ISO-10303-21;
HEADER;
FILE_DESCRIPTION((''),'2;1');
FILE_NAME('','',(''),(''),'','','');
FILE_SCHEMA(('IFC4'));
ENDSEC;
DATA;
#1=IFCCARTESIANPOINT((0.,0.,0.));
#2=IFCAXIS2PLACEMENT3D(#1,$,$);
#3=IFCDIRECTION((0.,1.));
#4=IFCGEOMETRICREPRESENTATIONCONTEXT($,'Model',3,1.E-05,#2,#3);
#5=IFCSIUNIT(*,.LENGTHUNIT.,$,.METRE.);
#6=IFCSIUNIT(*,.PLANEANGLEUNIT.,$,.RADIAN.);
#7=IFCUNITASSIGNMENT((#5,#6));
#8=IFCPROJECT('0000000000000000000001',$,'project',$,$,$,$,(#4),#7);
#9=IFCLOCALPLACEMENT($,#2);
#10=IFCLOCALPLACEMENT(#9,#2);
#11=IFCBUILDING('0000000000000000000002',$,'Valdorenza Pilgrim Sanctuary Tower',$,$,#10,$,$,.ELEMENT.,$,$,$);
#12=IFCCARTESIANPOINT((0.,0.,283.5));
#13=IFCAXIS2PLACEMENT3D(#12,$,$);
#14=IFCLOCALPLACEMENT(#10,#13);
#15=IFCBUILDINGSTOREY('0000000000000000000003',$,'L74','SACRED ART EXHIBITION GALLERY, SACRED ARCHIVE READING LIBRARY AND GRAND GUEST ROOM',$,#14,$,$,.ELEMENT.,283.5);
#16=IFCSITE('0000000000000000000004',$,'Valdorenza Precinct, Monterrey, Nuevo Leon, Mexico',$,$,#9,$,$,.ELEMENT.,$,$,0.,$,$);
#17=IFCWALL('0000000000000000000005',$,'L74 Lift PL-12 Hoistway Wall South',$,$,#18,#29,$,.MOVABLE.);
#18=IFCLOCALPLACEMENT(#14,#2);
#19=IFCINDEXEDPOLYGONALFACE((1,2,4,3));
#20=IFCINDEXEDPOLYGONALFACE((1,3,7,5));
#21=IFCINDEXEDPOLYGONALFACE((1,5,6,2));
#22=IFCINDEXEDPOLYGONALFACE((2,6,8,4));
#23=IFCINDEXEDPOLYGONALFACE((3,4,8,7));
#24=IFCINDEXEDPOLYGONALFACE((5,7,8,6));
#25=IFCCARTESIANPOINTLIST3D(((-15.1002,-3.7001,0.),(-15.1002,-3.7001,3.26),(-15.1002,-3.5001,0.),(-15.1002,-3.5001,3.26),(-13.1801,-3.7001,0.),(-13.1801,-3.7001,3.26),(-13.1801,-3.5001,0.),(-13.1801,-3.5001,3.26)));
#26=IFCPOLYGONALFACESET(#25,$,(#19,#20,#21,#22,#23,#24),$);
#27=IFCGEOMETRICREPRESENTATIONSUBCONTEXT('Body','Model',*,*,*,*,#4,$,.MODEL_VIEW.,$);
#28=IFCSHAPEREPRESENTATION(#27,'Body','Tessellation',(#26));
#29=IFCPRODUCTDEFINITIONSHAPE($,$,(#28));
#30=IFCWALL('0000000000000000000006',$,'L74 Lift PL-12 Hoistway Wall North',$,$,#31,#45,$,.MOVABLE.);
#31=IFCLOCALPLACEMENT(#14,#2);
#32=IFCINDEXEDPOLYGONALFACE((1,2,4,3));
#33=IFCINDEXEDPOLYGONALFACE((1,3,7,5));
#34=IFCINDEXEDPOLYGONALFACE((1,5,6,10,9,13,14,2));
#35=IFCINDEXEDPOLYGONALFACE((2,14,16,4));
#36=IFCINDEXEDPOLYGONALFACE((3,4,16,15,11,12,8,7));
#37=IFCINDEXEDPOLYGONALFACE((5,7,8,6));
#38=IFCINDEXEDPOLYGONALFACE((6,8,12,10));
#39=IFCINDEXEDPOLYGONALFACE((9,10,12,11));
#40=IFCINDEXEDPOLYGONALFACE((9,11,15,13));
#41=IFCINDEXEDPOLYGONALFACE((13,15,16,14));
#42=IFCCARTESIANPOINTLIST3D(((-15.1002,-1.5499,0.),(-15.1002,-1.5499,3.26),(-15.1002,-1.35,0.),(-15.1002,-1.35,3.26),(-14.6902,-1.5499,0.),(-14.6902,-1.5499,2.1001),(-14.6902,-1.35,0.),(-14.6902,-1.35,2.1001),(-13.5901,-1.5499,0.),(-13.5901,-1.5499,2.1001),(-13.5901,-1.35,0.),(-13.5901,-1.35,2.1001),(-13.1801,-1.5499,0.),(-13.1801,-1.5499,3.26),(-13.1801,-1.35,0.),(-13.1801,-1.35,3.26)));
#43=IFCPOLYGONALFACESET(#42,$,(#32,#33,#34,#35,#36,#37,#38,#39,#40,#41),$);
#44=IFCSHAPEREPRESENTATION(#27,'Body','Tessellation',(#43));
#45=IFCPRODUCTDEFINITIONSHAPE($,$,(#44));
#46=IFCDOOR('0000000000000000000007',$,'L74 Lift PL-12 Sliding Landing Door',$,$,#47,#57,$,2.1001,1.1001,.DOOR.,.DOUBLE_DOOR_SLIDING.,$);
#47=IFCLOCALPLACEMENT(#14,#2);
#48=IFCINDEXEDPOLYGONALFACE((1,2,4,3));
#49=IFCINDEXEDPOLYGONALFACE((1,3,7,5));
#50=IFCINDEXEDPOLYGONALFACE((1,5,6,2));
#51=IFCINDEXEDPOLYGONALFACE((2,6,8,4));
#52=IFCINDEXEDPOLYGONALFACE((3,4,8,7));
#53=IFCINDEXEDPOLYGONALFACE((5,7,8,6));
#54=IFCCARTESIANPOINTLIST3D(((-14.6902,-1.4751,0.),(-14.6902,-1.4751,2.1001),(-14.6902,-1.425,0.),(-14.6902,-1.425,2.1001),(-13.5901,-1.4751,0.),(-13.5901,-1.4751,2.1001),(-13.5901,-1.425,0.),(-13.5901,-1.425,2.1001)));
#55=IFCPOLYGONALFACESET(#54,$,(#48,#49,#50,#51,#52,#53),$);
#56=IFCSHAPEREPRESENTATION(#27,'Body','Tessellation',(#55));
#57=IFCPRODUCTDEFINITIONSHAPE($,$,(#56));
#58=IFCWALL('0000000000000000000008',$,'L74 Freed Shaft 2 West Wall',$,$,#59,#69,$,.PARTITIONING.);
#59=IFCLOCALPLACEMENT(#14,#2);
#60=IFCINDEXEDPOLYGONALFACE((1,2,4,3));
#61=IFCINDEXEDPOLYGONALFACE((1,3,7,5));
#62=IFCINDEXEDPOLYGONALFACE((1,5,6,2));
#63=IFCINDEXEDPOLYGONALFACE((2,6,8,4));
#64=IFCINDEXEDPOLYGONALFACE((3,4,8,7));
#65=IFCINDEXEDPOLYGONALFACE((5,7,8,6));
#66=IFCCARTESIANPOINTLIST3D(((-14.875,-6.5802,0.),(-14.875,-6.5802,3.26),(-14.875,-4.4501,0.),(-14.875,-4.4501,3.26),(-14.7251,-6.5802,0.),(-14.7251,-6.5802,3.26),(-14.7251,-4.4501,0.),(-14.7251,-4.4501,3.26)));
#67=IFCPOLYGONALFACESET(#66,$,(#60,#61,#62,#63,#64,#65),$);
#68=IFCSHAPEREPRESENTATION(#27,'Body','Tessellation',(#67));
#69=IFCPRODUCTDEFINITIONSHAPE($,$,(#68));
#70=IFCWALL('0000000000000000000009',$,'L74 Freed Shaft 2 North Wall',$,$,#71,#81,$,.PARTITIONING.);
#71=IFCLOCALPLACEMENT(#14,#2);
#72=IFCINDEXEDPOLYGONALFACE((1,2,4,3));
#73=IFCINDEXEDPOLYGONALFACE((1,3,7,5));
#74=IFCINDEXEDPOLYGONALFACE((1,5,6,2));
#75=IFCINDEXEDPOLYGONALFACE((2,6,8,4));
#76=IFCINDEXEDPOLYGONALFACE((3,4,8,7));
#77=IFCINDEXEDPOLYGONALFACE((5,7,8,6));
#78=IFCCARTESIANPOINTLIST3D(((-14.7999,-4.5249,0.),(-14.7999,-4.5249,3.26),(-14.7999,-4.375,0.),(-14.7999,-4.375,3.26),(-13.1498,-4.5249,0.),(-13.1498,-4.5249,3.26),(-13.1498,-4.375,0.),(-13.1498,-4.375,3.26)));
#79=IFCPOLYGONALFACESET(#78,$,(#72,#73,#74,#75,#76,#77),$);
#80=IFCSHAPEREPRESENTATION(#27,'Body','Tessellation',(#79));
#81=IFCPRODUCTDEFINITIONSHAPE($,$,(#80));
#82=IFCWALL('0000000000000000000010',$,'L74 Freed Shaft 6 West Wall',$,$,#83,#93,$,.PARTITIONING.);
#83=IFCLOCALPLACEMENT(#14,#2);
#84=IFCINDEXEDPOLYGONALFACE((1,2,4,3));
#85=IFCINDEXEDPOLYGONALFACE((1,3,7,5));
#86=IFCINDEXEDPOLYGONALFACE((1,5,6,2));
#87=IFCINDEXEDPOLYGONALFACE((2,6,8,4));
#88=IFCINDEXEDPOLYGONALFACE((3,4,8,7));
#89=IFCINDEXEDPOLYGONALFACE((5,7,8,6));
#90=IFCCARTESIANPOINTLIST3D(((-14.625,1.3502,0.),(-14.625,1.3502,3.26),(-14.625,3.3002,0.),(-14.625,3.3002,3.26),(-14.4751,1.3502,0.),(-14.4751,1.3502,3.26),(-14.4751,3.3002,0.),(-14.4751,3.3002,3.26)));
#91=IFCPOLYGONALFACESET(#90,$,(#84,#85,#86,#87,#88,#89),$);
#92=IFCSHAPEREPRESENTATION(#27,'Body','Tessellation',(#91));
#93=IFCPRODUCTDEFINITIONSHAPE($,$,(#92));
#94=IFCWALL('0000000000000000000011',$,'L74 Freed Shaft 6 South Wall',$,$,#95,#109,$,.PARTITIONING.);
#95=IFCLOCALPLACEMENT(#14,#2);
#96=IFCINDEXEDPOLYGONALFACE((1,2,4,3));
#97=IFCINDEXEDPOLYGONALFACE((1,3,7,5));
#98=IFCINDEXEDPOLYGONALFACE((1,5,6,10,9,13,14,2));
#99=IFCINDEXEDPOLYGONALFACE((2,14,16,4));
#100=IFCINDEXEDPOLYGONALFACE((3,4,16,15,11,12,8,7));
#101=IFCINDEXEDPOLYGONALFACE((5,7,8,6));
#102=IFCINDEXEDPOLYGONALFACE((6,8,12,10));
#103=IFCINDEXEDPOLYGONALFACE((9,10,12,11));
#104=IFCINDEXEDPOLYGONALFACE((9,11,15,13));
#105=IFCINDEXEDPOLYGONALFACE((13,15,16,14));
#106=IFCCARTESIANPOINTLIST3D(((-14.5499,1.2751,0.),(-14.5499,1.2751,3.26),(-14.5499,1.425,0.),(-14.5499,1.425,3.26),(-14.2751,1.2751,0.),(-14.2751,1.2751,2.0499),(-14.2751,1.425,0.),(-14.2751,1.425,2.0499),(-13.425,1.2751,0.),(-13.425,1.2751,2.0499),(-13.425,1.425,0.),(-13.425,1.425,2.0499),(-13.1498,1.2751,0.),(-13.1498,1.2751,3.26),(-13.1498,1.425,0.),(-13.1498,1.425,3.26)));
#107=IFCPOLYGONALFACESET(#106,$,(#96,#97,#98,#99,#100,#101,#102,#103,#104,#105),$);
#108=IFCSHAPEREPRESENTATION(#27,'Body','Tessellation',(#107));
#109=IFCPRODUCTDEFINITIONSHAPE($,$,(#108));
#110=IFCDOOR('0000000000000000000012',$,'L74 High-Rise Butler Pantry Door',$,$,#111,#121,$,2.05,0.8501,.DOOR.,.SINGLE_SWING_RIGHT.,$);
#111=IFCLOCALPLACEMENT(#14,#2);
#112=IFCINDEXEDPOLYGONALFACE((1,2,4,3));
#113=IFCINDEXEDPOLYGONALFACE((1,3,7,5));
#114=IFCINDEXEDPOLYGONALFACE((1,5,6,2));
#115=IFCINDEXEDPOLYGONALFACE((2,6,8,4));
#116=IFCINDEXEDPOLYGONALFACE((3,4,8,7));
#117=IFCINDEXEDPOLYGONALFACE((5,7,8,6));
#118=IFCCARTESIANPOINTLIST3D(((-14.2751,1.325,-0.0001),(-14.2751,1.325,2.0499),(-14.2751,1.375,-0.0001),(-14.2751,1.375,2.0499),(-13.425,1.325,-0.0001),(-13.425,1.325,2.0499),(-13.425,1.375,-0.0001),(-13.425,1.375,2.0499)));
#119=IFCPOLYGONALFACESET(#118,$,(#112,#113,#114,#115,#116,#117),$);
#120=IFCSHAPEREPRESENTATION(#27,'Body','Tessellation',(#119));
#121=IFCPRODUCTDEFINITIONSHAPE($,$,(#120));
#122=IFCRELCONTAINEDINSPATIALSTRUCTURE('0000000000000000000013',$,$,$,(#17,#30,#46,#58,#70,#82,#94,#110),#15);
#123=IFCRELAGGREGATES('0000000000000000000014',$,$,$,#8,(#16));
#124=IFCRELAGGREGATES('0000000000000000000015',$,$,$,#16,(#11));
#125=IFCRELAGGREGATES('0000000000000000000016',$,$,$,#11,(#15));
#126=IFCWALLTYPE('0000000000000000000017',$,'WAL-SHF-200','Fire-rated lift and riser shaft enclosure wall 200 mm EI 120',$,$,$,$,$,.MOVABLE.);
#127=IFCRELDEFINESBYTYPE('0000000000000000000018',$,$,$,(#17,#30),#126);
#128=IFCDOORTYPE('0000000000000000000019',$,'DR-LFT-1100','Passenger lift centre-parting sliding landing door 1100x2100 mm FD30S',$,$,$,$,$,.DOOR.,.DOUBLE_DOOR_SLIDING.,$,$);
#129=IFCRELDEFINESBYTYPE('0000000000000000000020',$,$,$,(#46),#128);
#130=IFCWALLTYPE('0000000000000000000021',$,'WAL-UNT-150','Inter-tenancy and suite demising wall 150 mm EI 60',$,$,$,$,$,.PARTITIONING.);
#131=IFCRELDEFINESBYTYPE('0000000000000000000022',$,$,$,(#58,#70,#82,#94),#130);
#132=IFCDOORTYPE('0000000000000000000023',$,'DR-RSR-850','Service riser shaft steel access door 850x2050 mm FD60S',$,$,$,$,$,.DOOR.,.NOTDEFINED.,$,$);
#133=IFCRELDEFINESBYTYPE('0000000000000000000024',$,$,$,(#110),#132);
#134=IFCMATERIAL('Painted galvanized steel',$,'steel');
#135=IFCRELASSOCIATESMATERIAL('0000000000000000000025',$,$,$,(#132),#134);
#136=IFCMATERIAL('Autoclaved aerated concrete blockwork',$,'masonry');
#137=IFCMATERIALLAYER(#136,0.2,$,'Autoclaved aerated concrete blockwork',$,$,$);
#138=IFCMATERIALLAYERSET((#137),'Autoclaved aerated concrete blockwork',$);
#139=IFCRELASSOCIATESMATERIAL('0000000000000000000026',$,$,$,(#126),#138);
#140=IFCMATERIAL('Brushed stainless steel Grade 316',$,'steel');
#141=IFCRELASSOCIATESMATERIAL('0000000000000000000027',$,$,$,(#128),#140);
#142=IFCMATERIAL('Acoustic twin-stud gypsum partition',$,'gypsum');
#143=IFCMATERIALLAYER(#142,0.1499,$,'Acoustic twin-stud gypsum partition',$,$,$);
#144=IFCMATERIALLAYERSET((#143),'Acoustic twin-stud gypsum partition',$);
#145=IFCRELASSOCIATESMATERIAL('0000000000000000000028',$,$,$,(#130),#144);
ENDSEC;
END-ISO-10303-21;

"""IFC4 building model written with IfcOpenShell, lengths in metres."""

from ifc_helpers import new_model, si_unit, direction, frame, frame_2d, origin, place, context, subcontext, project, spatial, rectangle, extrude, material, layer, layer_set, type_object, element, fill, save


model = new_model("IFC4")

# Units and contexts
model_context = context("Model", 3, precision=1e-05, world=origin(), true_north=direction((0.0, 1.0)))
body_context = subcontext(model_context, "Body", "Model", "MODEL_VIEW")
ifc_project = project(units=[si_unit("LENGTHUNIT", "METRE"), si_unit("PLANEANGLEUNIT", "RADIAN")], contexts=[model_context])

# Site, building, storey
site_placement = place(None, origin())
site = spatial("IfcSite", under=ifc_project, at=site_placement, Name="Valdorenza Precinct, Monterrey, Nuevo Leon, Mexico", CompositionType="ELEMENT", RefElevation=0.0)
building_placement = place(site_placement, origin())
building = spatial("IfcBuilding", under=site, at=building_placement, Name="Valdorenza Pilgrim Sanctuary Tower", CompositionType="ELEMENT")
storey_placement = place(building_placement, frame((0.0, 0.0, 283.5)))
storey = spatial("IfcBuildingStorey", under=building, at=storey_placement, Name="L74", Description="SACRED ART EXHIBITION GALLERY, SACRED ARCHIVE READING LIBRARY AND GRAND GUEST ROOM", CompositionType="ELEMENT", Elevation=283.5)

# Shared definitions
ifc_material_1 = material(Name="Acoustic twin-stud gypsum partition", Category="gypsum")
ifc_material_2 = material(Name="Painted galvanized steel", Category="steel")
door_type_1 = type_object("IfcDoorType", Name="DR-RSR-850", Description="Service riser shaft steel access door 850x2050 mm FD60S", OperationType="NOTDEFINED", PredefinedType="DOOR", material=ifc_material_2)

# Shared definitions
ifc_material_3 = material(Name="Autoclaved aerated concrete blockwork", Category="masonry")
ifc_layer_1 = layer(ifc_material_3, 0.2, Name="Autoclaved aerated concrete blockwork")
ifc_layer_set_1 = layer_set([ifc_layer_1], Name="Autoclaved aerated concrete blockwork")
wall_type_1 = type_object("IfcWallType", Name="WAL-SHF-200", Description="Fire-rated lift and riser shaft enclosure wall 200 mm EI 120", PredefinedType="MOVABLE", material=ifc_layer_set_1)

# Shared definitions
ifc_material_4 = material(Name="Brushed stainless steel Grade 316", Category="steel")

# Wall
wall_1_placement = place(storey_placement, frame((-15.1001, -3.6001, 0.0), z_axis=(0.0, 0.0, 1.0), x_axis=(1.0, 0.0, 0.0)))
element("IfcWall", 1, at=wall_1_placement, inside=storey, type_object=wall_type_1, Name="L74 Lift PL-12 Hoistway Wall South", PredefinedType="MOVABLE", context=body_context, shape_type="SweptSolid", body=[
    extrude(rectangle(XDim=1.9202, YDim=0.2, at=frame_2d((0.96, 0.0))), origin(), (0.0, 0.0, 1.0), 3.26),
])

# Wall, opening, door
wall_2_placement = place(storey_placement, frame((-15.1001, -1.45, 0.0), z_axis=(0.0, 0.0, 1.0), x_axis=(1.0, 0.0, 0.0)))
wall_2 = element("IfcWall", 2, at=wall_2_placement, inside=storey, type_object=wall_type_1, Name="L74 Lift PL-12 Hoistway Wall North", PredefinedType="MOVABLE", context=body_context, shape_type="SweptSolid", body=[
    extrude(rectangle(XDim=1.9202, YDim=0.2, at=frame_2d((0.96, 0.0))), origin(), (0.0, 0.0, 1.0), 3.26),
])
opening_1_placement = place(wall_2_placement, frame((0.4099, 0.0, 0.0)))
opening_1 = element("IfcOpeningElement", 3, at=opening_1_placement, cuts=wall_2, PredefinedType="OPENING", context=body_context, shape_type="SweptSolid", body=[
    extrude(rectangle(XDim=1.1001, YDim=2.1001, at=frame_2d((0.55, 1.05))), frame((0.0, 0.1147, 0.0), z_axis=(0.0, -1.0, 0.0), x_axis=(1.0, 0.0, 0.0)), (0.0, 0.0, 1.0), 0.2297),
])
door_type_2 = type_object("IfcDoorType", Name="DR-LFT-1100", Description="Passenger lift centre-parting sliding landing door 1100x2100 mm FD30S", OperationType="DOUBLE_DOOR_SLIDING", PredefinedType="DOOR", material=ifc_material_4)
door_1_placement = place(opening_1_placement, origin())
door_1 = element("IfcDoor", 4, at=door_1_placement, inside=storey, type_object=door_type_2, Name="L74 Lift PL-12 Sliding Landing Door", OperationType="DOUBLE_DOOR_SLIDING", OverallHeight=2.1001, OverallWidth=1.1001, PredefinedType="DOOR", context=body_context, shape_type="SweptSolid", body=[
    extrude(rectangle(XDim=1.1001, YDim=2.1001, at=frame_2d((0.55, 1.05))), frame((0.0, 0.0249, 0.0), z_axis=(0.0, -1.0, 0.0), x_axis=(1.0, 0.0, 0.0)), (0.0, 0.0, 1.0), 0.05),
])
fill(opening_1, door_1)

# Walls
ifc_layer_2 = layer(ifc_material_1, 0.1499, Name="Acoustic twin-stud gypsum partition")
ifc_layer_set_2 = layer_set([ifc_layer_2], Name="Acoustic twin-stud gypsum partition")
wall_type_2 = type_object("IfcWallType", Name="WAL-UNT-150", Description="Inter-tenancy and suite demising wall 150 mm EI 60", PredefinedType="PARTITIONING", material=ifc_layer_set_2)
wall_3_placement = place(storey_placement, frame((-14.8, -6.5801, 0.0), z_axis=(0.0, 0.0, 1.0), x_axis=(0.0, 1.0, 0.0)))
element("IfcWall", 5, at=wall_3_placement, inside=storey, type_object=wall_type_2, Name="L74 Freed Shaft 2 West Wall", PredefinedType="PARTITIONING", context=body_context, shape_type="SweptSolid", body=[
    extrude(rectangle(XDim=2.1301, YDim=0.1499, at=frame_2d((1.0649, 0.0))), origin(), (0.0, 0.0, 1.0), 3.26),
])
wall_4_placement = place(storey_placement, frame((-14.8, -4.45, 0.0), z_axis=(0.0, 0.0, 1.0), x_axis=(1.0, 0.0, 0.0)))
element("IfcWall", 6, at=wall_4_placement, inside=storey, type_object=wall_type_2, Name="L74 Freed Shaft 2 North Wall", PredefinedType="PARTITIONING", context=body_context, shape_type="SweptSolid", body=[
    extrude(rectangle(XDim=1.6501, YDim=0.1499, at=frame_2d((0.8252, 0.0))), origin(), (0.0, 0.0, 1.0), 3.26),
])
wall_5_placement = place(storey_placement, frame((-14.55, 1.3501, 0.0), z_axis=(0.0, 0.0, 1.0), x_axis=(0.0, 1.0, 0.0)))
element("IfcWall", 7, at=wall_5_placement, inside=storey, type_object=wall_type_2, Name="L74 Freed Shaft 6 West Wall", PredefinedType="PARTITIONING", context=body_context, shape_type="SweptSolid", body=[
    extrude(rectangle(XDim=1.95, YDim=0.1499, at=frame_2d((0.9751, 0.0))), origin(), (0.0, 0.0, 1.0), 3.26),
])

# Wall, opening, door
wall_6_placement = place(storey_placement, frame((-14.55, 1.3501, 0.0), z_axis=(0.0, 0.0, 1.0), x_axis=(1.0, 0.0, 0.0)))
wall_6 = element("IfcWall", 8, at=wall_6_placement, inside=storey, type_object=wall_type_2, Name="L74 Freed Shaft 6 South Wall", PredefinedType="PARTITIONING", context=body_context, shape_type="SweptSolid", body=[
    extrude(rectangle(XDim=1.4001, YDim=0.1499, at=frame_2d((0.7002, 0.0))), origin(), (0.0, 0.0, 1.0), 3.26),
])
opening_2_placement = place(wall_6_placement, frame((0.2749, 0.0, 0.0)))
opening_2 = element("IfcOpeningElement", 9, at=opening_2_placement, cuts=wall_6, PredefinedType="OPENING", context=body_context, shape_type="SweptSolid", body=[
    extrude(rectangle(XDim=0.8501, YDim=2.05, at=frame_2d((0.425, 1.0249))), frame((0.0, 0.0898, 0.0), z_axis=(0.0, -1.0, 0.0), x_axis=(1.0, 0.0, 0.0)), (0.0, 0.0, 1.0), 0.1797),
])
door_2_placement = place(opening_2_placement, origin())
door_2 = element("IfcDoor", 10, at=door_2_placement, inside=storey, type_object=door_type_1, Name="L74 High-Rise Butler Pantry Door", OperationType="SINGLE_SWING_RIGHT", OverallHeight=2.05, OverallWidth=0.8501, PredefinedType="DOOR", context=body_context, shape_type="SweptSolid", body=[
    extrude(rectangle(XDim=0.8501, YDim=2.05, at=frame_2d((0.425, 1.0249))), frame((0.0, 0.0249, 0.0), z_axis=(0.0, -1.0, 0.0), x_axis=(1.0, 0.0, 0.0)), (0.0, 0.0, 1.0), 0.05),
])
fill(opening_2, door_2)

save(model, "model.ifc")
